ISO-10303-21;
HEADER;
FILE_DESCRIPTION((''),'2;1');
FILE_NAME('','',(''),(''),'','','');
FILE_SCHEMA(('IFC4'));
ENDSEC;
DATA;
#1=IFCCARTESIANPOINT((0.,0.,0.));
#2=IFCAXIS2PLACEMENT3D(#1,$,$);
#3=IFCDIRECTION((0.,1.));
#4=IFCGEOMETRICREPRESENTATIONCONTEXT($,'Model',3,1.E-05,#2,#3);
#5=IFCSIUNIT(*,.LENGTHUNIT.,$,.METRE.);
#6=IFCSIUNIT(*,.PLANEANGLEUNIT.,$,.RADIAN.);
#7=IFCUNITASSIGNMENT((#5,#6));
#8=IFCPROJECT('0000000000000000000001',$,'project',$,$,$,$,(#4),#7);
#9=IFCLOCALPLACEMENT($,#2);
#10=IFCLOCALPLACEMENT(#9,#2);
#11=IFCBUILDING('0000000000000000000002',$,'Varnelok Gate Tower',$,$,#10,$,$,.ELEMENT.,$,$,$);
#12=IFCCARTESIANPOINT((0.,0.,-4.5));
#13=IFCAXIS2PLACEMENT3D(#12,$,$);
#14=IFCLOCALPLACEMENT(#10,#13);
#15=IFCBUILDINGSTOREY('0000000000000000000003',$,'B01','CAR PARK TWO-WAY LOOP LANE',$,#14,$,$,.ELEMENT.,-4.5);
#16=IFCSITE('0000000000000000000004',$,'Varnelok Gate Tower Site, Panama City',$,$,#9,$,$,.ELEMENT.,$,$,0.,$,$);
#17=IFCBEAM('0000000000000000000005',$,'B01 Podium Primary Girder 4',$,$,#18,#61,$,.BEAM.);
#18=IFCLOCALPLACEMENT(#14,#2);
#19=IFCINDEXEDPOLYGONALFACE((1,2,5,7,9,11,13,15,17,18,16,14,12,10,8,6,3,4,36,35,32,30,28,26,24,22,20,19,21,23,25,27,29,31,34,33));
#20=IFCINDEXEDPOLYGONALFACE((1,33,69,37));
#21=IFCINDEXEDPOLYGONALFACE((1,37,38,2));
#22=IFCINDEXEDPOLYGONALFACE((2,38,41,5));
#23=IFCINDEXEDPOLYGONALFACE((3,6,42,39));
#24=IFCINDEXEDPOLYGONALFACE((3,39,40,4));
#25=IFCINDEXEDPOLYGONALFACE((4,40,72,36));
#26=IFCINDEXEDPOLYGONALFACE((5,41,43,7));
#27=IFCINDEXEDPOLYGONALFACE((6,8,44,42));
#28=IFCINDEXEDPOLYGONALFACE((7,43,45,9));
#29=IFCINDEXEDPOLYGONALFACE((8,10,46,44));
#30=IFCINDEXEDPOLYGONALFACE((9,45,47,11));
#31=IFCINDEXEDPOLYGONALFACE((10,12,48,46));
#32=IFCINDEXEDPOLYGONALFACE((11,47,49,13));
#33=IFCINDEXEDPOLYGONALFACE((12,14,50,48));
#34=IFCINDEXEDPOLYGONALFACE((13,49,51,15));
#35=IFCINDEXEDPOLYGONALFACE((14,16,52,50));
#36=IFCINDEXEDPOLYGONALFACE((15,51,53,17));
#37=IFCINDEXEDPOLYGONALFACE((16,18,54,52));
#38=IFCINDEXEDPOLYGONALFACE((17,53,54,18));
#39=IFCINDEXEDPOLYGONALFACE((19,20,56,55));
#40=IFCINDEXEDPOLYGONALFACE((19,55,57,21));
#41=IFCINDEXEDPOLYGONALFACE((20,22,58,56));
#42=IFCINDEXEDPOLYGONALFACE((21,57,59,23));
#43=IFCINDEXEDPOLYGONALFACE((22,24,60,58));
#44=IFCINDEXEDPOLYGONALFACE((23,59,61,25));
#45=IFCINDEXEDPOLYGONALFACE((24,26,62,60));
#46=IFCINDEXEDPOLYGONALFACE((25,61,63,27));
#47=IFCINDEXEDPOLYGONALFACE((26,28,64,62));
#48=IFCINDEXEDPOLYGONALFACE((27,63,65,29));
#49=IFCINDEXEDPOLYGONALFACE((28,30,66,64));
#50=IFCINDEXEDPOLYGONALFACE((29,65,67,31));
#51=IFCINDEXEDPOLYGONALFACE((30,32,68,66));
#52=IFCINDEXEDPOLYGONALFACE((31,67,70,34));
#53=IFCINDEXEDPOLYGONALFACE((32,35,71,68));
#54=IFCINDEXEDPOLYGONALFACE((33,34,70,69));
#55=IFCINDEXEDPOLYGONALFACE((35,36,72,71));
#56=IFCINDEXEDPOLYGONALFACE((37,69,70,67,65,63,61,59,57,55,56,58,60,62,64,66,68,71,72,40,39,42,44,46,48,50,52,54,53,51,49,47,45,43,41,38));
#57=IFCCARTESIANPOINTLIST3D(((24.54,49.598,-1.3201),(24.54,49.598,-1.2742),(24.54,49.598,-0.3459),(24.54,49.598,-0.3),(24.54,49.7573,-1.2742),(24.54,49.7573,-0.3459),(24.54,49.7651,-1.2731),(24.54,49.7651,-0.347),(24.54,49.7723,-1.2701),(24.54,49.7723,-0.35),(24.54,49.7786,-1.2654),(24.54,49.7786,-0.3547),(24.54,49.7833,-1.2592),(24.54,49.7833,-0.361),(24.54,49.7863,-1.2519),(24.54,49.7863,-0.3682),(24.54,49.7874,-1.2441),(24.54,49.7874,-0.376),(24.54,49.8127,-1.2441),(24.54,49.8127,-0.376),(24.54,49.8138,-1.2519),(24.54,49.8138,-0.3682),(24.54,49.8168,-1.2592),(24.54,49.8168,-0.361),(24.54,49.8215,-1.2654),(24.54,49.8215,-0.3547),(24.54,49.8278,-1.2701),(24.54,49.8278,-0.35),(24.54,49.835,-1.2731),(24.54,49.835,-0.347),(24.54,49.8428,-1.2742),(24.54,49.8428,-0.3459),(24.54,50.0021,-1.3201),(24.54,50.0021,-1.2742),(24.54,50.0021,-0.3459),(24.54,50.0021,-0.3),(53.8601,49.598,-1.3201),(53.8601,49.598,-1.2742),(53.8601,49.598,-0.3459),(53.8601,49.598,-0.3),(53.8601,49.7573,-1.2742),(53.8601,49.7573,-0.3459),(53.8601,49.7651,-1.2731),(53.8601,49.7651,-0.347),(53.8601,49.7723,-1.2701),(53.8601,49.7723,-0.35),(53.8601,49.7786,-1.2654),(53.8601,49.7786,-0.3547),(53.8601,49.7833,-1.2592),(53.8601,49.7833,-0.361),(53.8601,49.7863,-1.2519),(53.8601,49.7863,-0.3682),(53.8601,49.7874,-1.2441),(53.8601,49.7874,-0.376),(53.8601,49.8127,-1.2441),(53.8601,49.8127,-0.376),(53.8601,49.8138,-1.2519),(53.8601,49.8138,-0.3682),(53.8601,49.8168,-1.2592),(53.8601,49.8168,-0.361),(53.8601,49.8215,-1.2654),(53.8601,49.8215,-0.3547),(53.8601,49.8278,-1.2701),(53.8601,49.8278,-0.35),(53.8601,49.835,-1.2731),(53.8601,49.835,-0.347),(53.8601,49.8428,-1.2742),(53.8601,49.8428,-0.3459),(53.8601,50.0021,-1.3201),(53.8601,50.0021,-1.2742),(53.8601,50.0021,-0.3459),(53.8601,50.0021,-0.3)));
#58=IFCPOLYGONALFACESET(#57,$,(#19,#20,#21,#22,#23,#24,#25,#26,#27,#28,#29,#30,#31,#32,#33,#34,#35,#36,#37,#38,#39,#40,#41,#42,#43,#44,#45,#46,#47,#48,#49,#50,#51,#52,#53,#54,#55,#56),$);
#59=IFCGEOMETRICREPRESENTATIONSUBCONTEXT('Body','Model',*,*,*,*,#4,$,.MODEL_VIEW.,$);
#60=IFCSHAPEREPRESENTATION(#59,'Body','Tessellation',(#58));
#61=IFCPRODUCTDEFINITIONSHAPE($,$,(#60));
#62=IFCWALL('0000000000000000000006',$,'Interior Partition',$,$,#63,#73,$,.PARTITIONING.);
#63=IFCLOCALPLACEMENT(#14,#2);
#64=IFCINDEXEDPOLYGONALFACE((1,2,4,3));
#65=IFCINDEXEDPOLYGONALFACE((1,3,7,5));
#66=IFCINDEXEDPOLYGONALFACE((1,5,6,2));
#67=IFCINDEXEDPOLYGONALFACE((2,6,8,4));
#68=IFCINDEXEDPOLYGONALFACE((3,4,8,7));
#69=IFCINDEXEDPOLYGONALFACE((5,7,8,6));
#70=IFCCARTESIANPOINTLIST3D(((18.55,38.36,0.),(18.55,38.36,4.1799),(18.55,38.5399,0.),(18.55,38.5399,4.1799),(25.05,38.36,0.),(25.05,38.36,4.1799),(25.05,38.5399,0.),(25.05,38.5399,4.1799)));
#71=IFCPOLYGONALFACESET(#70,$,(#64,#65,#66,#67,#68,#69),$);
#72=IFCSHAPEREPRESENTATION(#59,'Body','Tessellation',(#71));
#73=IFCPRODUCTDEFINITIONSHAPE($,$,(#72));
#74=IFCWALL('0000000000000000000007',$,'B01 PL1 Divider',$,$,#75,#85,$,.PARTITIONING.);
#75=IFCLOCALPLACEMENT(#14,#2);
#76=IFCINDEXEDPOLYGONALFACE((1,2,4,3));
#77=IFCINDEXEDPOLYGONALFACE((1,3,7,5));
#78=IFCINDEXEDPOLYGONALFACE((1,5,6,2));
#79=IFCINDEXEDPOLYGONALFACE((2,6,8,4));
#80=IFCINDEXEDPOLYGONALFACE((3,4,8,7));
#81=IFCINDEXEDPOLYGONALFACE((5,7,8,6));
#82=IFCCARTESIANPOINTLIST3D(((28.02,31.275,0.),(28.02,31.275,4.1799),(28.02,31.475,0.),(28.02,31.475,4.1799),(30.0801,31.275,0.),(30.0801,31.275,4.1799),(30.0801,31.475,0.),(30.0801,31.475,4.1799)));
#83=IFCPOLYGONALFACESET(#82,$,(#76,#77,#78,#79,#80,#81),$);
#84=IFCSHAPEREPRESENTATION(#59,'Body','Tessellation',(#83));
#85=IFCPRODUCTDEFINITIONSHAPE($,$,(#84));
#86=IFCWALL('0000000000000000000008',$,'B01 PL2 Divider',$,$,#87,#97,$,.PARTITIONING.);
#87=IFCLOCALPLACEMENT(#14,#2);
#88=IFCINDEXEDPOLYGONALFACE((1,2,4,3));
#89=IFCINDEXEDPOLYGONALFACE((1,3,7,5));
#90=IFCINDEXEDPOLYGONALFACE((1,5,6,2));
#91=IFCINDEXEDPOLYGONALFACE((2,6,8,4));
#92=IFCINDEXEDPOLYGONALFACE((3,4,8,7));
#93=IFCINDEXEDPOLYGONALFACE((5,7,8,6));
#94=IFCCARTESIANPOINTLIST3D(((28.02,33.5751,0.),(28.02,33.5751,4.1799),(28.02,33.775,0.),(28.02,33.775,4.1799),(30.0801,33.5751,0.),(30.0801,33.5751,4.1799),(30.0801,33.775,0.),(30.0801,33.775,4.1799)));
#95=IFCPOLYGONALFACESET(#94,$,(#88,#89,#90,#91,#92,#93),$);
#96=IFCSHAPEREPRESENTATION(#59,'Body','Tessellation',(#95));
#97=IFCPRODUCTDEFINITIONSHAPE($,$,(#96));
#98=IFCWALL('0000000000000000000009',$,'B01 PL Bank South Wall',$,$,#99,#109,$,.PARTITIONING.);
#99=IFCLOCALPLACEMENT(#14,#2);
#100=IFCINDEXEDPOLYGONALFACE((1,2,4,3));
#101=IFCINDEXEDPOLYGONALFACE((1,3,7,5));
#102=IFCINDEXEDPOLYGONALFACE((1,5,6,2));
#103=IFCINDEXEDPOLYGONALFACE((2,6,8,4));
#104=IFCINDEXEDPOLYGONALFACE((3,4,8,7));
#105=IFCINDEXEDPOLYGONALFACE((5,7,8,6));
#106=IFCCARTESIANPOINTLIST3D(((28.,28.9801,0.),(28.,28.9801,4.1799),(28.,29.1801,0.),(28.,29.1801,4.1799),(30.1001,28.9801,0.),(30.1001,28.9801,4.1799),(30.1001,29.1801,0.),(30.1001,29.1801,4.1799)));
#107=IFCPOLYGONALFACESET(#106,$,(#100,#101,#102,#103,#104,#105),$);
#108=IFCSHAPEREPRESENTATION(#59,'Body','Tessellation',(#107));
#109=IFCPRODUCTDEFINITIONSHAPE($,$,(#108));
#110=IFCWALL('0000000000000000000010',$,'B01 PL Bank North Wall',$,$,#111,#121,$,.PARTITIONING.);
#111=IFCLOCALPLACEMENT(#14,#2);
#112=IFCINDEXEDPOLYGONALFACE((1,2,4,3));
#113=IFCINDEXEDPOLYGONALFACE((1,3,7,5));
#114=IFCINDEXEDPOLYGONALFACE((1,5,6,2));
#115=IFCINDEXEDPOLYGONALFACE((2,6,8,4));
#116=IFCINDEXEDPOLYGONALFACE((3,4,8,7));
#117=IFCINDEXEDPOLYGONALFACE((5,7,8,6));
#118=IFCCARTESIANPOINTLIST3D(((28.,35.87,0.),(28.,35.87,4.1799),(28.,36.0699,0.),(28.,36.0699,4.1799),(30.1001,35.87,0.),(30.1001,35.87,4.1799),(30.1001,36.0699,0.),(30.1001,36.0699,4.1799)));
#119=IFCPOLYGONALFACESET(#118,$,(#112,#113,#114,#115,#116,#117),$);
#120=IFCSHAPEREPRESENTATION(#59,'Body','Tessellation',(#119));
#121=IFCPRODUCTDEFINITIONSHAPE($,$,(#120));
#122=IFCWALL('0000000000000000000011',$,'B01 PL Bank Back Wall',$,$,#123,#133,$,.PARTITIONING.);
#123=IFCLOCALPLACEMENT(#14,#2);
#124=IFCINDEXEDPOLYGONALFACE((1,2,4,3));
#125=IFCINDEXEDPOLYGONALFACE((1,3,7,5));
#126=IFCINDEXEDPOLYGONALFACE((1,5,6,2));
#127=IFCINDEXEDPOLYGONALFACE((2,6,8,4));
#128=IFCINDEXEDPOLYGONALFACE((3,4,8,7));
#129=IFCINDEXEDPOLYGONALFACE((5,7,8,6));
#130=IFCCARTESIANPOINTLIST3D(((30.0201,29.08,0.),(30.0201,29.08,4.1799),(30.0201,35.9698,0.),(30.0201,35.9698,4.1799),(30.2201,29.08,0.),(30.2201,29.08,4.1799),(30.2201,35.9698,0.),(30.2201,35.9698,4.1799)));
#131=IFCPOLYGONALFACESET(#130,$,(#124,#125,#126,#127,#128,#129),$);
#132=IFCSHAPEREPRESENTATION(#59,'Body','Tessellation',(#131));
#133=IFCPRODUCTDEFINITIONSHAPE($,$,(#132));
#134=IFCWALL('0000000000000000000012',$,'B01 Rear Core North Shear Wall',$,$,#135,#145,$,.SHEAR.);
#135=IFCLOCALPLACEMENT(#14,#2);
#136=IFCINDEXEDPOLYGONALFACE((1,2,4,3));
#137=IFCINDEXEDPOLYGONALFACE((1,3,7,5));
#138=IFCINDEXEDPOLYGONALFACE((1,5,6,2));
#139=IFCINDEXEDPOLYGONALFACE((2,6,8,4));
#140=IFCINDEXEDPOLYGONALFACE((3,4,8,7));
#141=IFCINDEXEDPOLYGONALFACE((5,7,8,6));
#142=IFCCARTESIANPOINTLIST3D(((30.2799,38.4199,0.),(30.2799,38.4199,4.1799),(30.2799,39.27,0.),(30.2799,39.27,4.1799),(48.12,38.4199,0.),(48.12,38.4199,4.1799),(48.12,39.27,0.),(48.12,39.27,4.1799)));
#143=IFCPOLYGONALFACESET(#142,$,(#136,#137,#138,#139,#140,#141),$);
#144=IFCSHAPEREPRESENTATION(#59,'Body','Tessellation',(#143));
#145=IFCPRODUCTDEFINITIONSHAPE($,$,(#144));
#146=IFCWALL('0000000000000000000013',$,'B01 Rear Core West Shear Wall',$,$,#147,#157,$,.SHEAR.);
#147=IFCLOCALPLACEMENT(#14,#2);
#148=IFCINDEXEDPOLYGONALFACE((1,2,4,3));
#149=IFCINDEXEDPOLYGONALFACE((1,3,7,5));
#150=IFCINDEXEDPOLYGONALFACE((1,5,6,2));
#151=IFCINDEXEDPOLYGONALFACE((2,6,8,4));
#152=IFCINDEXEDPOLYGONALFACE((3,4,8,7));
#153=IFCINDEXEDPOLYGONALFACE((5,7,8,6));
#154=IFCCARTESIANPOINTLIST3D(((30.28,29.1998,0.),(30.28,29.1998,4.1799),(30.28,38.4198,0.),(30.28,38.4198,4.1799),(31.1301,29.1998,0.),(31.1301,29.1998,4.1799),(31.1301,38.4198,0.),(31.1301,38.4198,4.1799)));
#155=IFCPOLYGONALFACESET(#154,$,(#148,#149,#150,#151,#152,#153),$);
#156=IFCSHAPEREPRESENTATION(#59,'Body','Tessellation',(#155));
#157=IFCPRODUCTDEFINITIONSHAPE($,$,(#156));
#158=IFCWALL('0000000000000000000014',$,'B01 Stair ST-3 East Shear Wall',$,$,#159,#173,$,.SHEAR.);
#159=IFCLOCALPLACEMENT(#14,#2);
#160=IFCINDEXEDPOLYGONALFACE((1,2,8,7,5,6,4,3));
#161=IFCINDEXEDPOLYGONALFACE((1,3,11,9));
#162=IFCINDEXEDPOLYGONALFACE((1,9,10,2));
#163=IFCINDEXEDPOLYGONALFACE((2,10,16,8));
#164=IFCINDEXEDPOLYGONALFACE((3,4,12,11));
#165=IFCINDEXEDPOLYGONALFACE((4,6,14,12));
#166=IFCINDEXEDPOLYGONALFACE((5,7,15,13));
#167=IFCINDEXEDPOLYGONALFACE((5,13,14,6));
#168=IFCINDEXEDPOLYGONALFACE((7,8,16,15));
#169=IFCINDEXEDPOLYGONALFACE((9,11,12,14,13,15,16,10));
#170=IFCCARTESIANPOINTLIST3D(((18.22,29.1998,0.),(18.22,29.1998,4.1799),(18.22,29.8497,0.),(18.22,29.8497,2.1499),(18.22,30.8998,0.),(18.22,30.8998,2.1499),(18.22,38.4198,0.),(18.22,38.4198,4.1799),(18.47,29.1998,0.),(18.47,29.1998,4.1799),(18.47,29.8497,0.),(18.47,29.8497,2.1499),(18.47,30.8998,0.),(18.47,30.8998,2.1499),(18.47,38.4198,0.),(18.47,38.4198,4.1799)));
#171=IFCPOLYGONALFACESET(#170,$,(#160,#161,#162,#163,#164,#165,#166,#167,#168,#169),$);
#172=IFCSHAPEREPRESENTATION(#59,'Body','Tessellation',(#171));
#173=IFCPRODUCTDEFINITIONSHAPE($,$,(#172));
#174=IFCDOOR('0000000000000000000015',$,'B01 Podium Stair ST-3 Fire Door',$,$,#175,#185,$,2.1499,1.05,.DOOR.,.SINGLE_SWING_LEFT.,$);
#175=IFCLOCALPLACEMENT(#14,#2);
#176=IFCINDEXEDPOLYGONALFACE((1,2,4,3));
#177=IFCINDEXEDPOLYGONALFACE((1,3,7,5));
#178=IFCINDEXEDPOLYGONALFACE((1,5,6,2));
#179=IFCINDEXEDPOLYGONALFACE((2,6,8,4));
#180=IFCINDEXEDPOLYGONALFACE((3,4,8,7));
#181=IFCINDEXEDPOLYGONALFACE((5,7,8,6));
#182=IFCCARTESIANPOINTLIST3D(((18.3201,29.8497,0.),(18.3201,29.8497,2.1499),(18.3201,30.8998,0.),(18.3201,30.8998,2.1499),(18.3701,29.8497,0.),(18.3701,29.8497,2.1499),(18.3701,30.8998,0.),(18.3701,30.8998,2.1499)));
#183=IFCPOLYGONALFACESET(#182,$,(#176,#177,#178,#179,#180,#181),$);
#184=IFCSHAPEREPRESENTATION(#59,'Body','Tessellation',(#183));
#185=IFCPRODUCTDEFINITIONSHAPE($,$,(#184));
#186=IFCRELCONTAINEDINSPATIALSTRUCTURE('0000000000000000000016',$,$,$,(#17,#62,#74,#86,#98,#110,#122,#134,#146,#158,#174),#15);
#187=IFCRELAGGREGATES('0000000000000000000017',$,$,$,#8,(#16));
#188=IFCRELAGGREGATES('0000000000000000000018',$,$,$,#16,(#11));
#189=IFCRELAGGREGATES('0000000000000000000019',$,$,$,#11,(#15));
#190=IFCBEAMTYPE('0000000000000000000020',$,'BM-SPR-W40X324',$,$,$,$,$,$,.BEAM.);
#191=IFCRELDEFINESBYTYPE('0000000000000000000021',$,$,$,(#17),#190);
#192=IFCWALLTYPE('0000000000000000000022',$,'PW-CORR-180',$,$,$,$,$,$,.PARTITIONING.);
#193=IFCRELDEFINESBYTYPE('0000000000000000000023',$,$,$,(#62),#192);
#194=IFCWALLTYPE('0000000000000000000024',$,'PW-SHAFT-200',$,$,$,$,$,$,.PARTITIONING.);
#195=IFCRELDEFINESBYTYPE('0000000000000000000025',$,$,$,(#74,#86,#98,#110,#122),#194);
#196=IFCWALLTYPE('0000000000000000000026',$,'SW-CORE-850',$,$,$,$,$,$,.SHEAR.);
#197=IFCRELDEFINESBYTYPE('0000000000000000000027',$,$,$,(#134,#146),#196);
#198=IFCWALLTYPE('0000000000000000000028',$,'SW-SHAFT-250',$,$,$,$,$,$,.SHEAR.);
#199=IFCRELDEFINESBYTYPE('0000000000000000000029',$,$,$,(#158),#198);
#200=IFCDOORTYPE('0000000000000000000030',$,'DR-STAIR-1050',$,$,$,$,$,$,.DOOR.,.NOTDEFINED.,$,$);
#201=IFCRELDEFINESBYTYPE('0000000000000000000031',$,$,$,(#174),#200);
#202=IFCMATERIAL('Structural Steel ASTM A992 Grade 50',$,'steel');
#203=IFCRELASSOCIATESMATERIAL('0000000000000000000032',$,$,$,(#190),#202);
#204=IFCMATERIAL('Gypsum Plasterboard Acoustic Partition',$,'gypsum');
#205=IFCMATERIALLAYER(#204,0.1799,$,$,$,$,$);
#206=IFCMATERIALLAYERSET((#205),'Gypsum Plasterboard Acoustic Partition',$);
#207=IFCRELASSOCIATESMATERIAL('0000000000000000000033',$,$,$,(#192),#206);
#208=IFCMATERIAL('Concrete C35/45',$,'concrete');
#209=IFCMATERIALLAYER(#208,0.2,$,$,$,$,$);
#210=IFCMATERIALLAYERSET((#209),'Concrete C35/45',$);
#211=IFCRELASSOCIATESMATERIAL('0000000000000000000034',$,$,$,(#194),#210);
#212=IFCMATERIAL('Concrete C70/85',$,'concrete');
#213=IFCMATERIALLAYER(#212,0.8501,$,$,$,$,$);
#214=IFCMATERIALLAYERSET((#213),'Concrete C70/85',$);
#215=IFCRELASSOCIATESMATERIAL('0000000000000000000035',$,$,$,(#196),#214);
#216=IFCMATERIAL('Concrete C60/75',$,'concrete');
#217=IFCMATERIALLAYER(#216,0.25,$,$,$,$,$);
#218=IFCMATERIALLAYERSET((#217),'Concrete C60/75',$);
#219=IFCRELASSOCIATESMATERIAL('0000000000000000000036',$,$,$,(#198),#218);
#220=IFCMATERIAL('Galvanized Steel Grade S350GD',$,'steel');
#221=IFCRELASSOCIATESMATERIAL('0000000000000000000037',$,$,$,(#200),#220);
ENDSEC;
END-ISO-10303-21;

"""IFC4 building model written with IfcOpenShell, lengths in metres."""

from ifc_helpers import new_model, si_unit, direction, frame, frame_2d, origin, origin_2d, place, context, subcontext, project, spatial, rectangle, i_section, extrude, material, layer, layer_set, material_profile, profile_set, type_object, element, fill, save


model = new_model("IFC4")

# Units and contexts
model_context = context("Model", 3, precision=1e-05, world=origin(), true_north=direction((0.0, 1.0)))
body_context = subcontext(model_context, "Body", "Model", "MODEL_VIEW")
ifc_project = project(units=[si_unit("LENGTHUNIT", "METRE"), si_unit("PLANEANGLEUNIT", "RADIAN")], contexts=[model_context])

# Site, building, storey
site_placement = place(None, origin())
site = spatial("IfcSite", under=ifc_project, at=site_placement, Name="Varnelok Gate Tower Site, Panama City", CompositionType="ELEMENT", RefElevation=0.0)
building_placement = place(site_placement, origin())
building = spatial("IfcBuilding", under=site, at=building_placement, Name="Varnelok Gate Tower", CompositionType="ELEMENT")
storey_placement = place(building_placement, frame((0.0, 0.0, -4.5)))
storey = spatial("IfcBuildingStorey", under=building, at=storey_placement, Name="B01", Description="CAR PARK TWO-WAY LOOP LANE", CompositionType="ELEMENT", Elevation=-4.5)

# Shared definitions
ifc_material_1 = material(Name="Concrete C70/85", Category="concrete")

# Beam
ifc_material_2 = material(Name="Structural Steel ASTM A992 Grade 50", Category="steel")
ifc_material_profile_1 = material_profile(ifc_material_2, i_section(OverallWidth=0.4041, OverallDepth=1.02, WebThickness=0.0254, FlangeThickness=0.0459, FilletRadius=0.03, at=origin_2d()), Name="W40X324")
ifc_profile_set_1 = profile_set([ifc_material_profile_1], Name="Structural Steel ASTM A992 Grade 50")
beam_type_1 = type_object("IfcBeamType", Name="BM-SPR-W40X324", PredefinedType="BEAM", material=ifc_profile_set_1)
beam_1_placement = place(storey_placement, frame((24.54, 49.8, -0.8101), z_axis=(1.0, 0.0, 0.0), x_axis=(0.0, 1.0, 0.0)))
element("IfcBeam", 1, at=beam_1_placement, inside=storey, type_object=beam_type_1, Name="B01 Podium Primary Girder 4", PredefinedType="BEAM", context=body_context, shape_type="SweptSolid", body=[
    extrude(i_section(OverallWidth=0.4041, OverallDepth=1.02, WebThickness=0.0254, FlangeThickness=0.0459, FilletRadius=0.03, at=origin_2d()), origin(), (0.0, 0.0, 1.0), 29.3201),
])

# Walls
ifc_material_3 = material(Name="Gypsum Plasterboard Acoustic Partition", Category="gypsum")
ifc_layer_1 = layer(ifc_material_3, 0.1799)
ifc_layer_set_1 = layer_set([ifc_layer_1], Name="Gypsum Plasterboard Acoustic Partition")
wall_type_1 = type_object("IfcWallType", Name="PW-CORR-180", PredefinedType="PARTITIONING", material=ifc_layer_set_1)
wall_1_placement = place(storey_placement, frame((18.55, 38.45, 0.0), z_axis=(0.0, 0.0, 1.0), x_axis=(1.0, 0.0, 0.0)))
element("IfcWall", 2, at=wall_1_placement, inside=storey, type_object=wall_type_1, Name="Interior Partition", PredefinedType="PARTITIONING", context=body_context, shape_type="SweptSolid", body=[
    extrude(rectangle(XDim=6.5, YDim=0.1799, at=frame_2d((3.25, 0.0))), origin(), (0.0, 0.0, 1.0), 4.1799),
])
ifc_material_4 = material(Name="Concrete C35/45", Category="concrete")
ifc_layer_2 = layer(ifc_material_4, 0.2)
ifc_layer_set_2 = layer_set([ifc_layer_2], Name="Concrete C35/45")
wall_type_2 = type_object("IfcWallType", Name="PW-SHAFT-200", PredefinedType="PARTITIONING", material=ifc_layer_set_2)
for number, where, z_axis, x_axis, name in (
    (3, (28.02, 31.375, 0.0), (0.0, 0.0, 1.0), (1.0, 0.0, 0.0), "B01 PL1 Divider"),
    (4, (28.02, 33.675, 0.0), (0.0, 0.0, 1.0), (1.0, 0.0, 0.0), "B01 PL2 Divider"),
):
    element("IfcWall", number, at=place(storey_placement, frame(where, z_axis=z_axis, x_axis=x_axis)), inside=storey, type_object=wall_type_2, Name=name, PredefinedType="PARTITIONING", context=body_context, shape_type="SweptSolid", body=[
        extrude(rectangle(XDim=2.0601, YDim=0.2, at=frame_2d((1.03, 0.0))), origin(), (0.0, 0.0, 1.0), 4.1799),
    ])
for number, where, z_axis, x_axis, name in (
    (5, (28.0, 29.0801, 0.0), (0.0, 0.0, 1.0), (1.0, 0.0, 0.0), "B01 PL Bank South Wall"),
    (6, (28.0, 35.97, 0.0), (0.0, 0.0, 1.0), (1.0, 0.0, 0.0), "B01 PL Bank North Wall"),
):
    element("IfcWall", number, at=place(storey_placement, frame(where, z_axis=z_axis, x_axis=x_axis)), inside=storey, type_object=wall_type_2, Name=name, PredefinedType="PARTITIONING", context=body_context, shape_type="SweptSolid", body=[
        extrude(rectangle(XDim=2.1001, YDim=0.2, at=frame_2d((1.05, 0.0))), origin(), (0.0, 0.0, 1.0), 4.1799),
    ])
wall_2_placement = place(storey_placement, frame((30.1201, 29.0801, 0.0), z_axis=(0.0, 0.0, 1.0), x_axis=(0.0, 1.0, 0.0)))
element("IfcWall", 7, at=wall_2_placement, inside=storey, type_object=wall_type_2, Name="B01 PL Bank Back Wall", PredefinedType="PARTITIONING", context=body_context, shape_type="SweptSolid", body=[
    extrude(rectangle(XDim=6.8899, YDim=0.2, at=frame_2d((3.4448, 0.0))), origin(), (0.0, 0.0, 1.0), 4.1799),
])

# Shared definitions
ifc_material_5 = material(Name="Galvanized Steel Grade S350GD", Category="steel")

# Walls
ifc_layer_3 = layer(ifc_material_1, 0.8501)
ifc_layer_set_3 = layer_set([ifc_layer_3], Name="Concrete C70/85")
wall_type_3 = type_object("IfcWallType", Name="SW-CORE-850", PredefinedType="SHEAR", material=ifc_layer_set_3)
wall_3_placement = place(storey_placement, frame((30.28, 38.845, 0.0), z_axis=(0.0, 0.0, 1.0), x_axis=(1.0, 0.0, 0.0)))
element("IfcWall", 8, at=wall_3_placement, inside=storey, type_object=wall_type_3, Name="B01 Rear Core North Shear Wall", PredefinedType="SHEAR", context=body_context, shape_type="SweptSolid", body=[
    extrude(rectangle(XDim=17.8401, YDim=0.8501, at=frame_2d((8.9199, 0.0))), origin(), (0.0, 0.0, 1.0), 4.1799),
])
wall_4_placement = place(storey_placement, frame((30.7051, 29.2, 0.0), z_axis=(0.0, 0.0, 1.0), x_axis=(0.0, 1.0, 0.0)))
element("IfcWall", 9, at=wall_4_placement, inside=storey, type_object=wall_type_3, Name="B01 Rear Core West Shear Wall", PredefinedType="SHEAR", context=body_context, shape_type="SweptSolid", body=[
    extrude(rectangle(XDim=9.22, YDim=0.8501, at=frame_2d((4.6099, 0.0))), origin(), (0.0, 0.0, 1.0), 4.1799),
])

# Wall, opening, door
ifc_material_6 = material(Name="Concrete C60/75", Category="concrete")
ifc_layer_4 = layer(ifc_material_6, 0.25)
ifc_layer_set_4 = layer_set([ifc_layer_4], Name="Concrete C60/75")
wall_type_4 = type_object("IfcWallType", Name="SW-SHAFT-250", PredefinedType="SHEAR", material=ifc_layer_set_4)
wall_5_placement = place(storey_placement, frame((18.345, 29.2, 0.0), z_axis=(0.0, 0.0, 1.0), x_axis=(0.0, 1.0, 0.0)))
wall_5 = element("IfcWall", 10, at=wall_5_placement, inside=storey, type_object=wall_type_4, Name="B01 Stair ST-3 East Shear Wall", PredefinedType="SHEAR", context=body_context, shape_type="SweptSolid", body=[
    extrude(rectangle(XDim=9.22, YDim=0.25, at=frame_2d((4.6099, 0.0))), origin(), (0.0, 0.0, 1.0), 4.1799),
])
opening_1_placement = place(wall_5_placement, frame((0.6499, 0.0, 0.0)))
opening_1 = element("IfcOpeningElement", 11, at=opening_1_placement, cuts=wall_5, PredefinedType="OPENING", context=body_context, shape_type="SweptSolid", body=[
    extrude(rectangle(XDim=1.05, YDim=2.1499, at=frame_2d((0.5249, 1.075))), frame((0.0, 0.135, 0.0), z_axis=(0.0, -1.0, 0.0), x_axis=(1.0, 0.0, 0.0)), (0.0, 0.0, 1.0), 0.27),
])
door_type_1 = type_object("IfcDoorType", Name="DR-STAIR-1050", OperationType="NOTDEFINED", PredefinedType="DOOR", material=ifc_material_5)
door_1_placement = place(opening_1_placement, origin())
door_1 = element("IfcDoor", 12, at=door_1_placement, inside=storey, type_object=door_type_1, Name="B01 Podium Stair ST-3 Fire Door", OperationType="SINGLE_SWING_LEFT", OverallHeight=2.1499, OverallWidth=1.05, PredefinedType="DOOR", context=body_context, shape_type="SweptSolid", body=[
    extrude(rectangle(XDim=1.05, YDim=2.1499, at=frame_2d((0.5249, 1.075))), frame((0.0, 0.0249, 0.0), z_axis=(0.0, -1.0, 0.0), x_axis=(1.0, 0.0, 0.0)), (0.0, 0.0, 1.0), 0.05),
])
fill(opening_1, door_1)

save(model, "model.ifc")
